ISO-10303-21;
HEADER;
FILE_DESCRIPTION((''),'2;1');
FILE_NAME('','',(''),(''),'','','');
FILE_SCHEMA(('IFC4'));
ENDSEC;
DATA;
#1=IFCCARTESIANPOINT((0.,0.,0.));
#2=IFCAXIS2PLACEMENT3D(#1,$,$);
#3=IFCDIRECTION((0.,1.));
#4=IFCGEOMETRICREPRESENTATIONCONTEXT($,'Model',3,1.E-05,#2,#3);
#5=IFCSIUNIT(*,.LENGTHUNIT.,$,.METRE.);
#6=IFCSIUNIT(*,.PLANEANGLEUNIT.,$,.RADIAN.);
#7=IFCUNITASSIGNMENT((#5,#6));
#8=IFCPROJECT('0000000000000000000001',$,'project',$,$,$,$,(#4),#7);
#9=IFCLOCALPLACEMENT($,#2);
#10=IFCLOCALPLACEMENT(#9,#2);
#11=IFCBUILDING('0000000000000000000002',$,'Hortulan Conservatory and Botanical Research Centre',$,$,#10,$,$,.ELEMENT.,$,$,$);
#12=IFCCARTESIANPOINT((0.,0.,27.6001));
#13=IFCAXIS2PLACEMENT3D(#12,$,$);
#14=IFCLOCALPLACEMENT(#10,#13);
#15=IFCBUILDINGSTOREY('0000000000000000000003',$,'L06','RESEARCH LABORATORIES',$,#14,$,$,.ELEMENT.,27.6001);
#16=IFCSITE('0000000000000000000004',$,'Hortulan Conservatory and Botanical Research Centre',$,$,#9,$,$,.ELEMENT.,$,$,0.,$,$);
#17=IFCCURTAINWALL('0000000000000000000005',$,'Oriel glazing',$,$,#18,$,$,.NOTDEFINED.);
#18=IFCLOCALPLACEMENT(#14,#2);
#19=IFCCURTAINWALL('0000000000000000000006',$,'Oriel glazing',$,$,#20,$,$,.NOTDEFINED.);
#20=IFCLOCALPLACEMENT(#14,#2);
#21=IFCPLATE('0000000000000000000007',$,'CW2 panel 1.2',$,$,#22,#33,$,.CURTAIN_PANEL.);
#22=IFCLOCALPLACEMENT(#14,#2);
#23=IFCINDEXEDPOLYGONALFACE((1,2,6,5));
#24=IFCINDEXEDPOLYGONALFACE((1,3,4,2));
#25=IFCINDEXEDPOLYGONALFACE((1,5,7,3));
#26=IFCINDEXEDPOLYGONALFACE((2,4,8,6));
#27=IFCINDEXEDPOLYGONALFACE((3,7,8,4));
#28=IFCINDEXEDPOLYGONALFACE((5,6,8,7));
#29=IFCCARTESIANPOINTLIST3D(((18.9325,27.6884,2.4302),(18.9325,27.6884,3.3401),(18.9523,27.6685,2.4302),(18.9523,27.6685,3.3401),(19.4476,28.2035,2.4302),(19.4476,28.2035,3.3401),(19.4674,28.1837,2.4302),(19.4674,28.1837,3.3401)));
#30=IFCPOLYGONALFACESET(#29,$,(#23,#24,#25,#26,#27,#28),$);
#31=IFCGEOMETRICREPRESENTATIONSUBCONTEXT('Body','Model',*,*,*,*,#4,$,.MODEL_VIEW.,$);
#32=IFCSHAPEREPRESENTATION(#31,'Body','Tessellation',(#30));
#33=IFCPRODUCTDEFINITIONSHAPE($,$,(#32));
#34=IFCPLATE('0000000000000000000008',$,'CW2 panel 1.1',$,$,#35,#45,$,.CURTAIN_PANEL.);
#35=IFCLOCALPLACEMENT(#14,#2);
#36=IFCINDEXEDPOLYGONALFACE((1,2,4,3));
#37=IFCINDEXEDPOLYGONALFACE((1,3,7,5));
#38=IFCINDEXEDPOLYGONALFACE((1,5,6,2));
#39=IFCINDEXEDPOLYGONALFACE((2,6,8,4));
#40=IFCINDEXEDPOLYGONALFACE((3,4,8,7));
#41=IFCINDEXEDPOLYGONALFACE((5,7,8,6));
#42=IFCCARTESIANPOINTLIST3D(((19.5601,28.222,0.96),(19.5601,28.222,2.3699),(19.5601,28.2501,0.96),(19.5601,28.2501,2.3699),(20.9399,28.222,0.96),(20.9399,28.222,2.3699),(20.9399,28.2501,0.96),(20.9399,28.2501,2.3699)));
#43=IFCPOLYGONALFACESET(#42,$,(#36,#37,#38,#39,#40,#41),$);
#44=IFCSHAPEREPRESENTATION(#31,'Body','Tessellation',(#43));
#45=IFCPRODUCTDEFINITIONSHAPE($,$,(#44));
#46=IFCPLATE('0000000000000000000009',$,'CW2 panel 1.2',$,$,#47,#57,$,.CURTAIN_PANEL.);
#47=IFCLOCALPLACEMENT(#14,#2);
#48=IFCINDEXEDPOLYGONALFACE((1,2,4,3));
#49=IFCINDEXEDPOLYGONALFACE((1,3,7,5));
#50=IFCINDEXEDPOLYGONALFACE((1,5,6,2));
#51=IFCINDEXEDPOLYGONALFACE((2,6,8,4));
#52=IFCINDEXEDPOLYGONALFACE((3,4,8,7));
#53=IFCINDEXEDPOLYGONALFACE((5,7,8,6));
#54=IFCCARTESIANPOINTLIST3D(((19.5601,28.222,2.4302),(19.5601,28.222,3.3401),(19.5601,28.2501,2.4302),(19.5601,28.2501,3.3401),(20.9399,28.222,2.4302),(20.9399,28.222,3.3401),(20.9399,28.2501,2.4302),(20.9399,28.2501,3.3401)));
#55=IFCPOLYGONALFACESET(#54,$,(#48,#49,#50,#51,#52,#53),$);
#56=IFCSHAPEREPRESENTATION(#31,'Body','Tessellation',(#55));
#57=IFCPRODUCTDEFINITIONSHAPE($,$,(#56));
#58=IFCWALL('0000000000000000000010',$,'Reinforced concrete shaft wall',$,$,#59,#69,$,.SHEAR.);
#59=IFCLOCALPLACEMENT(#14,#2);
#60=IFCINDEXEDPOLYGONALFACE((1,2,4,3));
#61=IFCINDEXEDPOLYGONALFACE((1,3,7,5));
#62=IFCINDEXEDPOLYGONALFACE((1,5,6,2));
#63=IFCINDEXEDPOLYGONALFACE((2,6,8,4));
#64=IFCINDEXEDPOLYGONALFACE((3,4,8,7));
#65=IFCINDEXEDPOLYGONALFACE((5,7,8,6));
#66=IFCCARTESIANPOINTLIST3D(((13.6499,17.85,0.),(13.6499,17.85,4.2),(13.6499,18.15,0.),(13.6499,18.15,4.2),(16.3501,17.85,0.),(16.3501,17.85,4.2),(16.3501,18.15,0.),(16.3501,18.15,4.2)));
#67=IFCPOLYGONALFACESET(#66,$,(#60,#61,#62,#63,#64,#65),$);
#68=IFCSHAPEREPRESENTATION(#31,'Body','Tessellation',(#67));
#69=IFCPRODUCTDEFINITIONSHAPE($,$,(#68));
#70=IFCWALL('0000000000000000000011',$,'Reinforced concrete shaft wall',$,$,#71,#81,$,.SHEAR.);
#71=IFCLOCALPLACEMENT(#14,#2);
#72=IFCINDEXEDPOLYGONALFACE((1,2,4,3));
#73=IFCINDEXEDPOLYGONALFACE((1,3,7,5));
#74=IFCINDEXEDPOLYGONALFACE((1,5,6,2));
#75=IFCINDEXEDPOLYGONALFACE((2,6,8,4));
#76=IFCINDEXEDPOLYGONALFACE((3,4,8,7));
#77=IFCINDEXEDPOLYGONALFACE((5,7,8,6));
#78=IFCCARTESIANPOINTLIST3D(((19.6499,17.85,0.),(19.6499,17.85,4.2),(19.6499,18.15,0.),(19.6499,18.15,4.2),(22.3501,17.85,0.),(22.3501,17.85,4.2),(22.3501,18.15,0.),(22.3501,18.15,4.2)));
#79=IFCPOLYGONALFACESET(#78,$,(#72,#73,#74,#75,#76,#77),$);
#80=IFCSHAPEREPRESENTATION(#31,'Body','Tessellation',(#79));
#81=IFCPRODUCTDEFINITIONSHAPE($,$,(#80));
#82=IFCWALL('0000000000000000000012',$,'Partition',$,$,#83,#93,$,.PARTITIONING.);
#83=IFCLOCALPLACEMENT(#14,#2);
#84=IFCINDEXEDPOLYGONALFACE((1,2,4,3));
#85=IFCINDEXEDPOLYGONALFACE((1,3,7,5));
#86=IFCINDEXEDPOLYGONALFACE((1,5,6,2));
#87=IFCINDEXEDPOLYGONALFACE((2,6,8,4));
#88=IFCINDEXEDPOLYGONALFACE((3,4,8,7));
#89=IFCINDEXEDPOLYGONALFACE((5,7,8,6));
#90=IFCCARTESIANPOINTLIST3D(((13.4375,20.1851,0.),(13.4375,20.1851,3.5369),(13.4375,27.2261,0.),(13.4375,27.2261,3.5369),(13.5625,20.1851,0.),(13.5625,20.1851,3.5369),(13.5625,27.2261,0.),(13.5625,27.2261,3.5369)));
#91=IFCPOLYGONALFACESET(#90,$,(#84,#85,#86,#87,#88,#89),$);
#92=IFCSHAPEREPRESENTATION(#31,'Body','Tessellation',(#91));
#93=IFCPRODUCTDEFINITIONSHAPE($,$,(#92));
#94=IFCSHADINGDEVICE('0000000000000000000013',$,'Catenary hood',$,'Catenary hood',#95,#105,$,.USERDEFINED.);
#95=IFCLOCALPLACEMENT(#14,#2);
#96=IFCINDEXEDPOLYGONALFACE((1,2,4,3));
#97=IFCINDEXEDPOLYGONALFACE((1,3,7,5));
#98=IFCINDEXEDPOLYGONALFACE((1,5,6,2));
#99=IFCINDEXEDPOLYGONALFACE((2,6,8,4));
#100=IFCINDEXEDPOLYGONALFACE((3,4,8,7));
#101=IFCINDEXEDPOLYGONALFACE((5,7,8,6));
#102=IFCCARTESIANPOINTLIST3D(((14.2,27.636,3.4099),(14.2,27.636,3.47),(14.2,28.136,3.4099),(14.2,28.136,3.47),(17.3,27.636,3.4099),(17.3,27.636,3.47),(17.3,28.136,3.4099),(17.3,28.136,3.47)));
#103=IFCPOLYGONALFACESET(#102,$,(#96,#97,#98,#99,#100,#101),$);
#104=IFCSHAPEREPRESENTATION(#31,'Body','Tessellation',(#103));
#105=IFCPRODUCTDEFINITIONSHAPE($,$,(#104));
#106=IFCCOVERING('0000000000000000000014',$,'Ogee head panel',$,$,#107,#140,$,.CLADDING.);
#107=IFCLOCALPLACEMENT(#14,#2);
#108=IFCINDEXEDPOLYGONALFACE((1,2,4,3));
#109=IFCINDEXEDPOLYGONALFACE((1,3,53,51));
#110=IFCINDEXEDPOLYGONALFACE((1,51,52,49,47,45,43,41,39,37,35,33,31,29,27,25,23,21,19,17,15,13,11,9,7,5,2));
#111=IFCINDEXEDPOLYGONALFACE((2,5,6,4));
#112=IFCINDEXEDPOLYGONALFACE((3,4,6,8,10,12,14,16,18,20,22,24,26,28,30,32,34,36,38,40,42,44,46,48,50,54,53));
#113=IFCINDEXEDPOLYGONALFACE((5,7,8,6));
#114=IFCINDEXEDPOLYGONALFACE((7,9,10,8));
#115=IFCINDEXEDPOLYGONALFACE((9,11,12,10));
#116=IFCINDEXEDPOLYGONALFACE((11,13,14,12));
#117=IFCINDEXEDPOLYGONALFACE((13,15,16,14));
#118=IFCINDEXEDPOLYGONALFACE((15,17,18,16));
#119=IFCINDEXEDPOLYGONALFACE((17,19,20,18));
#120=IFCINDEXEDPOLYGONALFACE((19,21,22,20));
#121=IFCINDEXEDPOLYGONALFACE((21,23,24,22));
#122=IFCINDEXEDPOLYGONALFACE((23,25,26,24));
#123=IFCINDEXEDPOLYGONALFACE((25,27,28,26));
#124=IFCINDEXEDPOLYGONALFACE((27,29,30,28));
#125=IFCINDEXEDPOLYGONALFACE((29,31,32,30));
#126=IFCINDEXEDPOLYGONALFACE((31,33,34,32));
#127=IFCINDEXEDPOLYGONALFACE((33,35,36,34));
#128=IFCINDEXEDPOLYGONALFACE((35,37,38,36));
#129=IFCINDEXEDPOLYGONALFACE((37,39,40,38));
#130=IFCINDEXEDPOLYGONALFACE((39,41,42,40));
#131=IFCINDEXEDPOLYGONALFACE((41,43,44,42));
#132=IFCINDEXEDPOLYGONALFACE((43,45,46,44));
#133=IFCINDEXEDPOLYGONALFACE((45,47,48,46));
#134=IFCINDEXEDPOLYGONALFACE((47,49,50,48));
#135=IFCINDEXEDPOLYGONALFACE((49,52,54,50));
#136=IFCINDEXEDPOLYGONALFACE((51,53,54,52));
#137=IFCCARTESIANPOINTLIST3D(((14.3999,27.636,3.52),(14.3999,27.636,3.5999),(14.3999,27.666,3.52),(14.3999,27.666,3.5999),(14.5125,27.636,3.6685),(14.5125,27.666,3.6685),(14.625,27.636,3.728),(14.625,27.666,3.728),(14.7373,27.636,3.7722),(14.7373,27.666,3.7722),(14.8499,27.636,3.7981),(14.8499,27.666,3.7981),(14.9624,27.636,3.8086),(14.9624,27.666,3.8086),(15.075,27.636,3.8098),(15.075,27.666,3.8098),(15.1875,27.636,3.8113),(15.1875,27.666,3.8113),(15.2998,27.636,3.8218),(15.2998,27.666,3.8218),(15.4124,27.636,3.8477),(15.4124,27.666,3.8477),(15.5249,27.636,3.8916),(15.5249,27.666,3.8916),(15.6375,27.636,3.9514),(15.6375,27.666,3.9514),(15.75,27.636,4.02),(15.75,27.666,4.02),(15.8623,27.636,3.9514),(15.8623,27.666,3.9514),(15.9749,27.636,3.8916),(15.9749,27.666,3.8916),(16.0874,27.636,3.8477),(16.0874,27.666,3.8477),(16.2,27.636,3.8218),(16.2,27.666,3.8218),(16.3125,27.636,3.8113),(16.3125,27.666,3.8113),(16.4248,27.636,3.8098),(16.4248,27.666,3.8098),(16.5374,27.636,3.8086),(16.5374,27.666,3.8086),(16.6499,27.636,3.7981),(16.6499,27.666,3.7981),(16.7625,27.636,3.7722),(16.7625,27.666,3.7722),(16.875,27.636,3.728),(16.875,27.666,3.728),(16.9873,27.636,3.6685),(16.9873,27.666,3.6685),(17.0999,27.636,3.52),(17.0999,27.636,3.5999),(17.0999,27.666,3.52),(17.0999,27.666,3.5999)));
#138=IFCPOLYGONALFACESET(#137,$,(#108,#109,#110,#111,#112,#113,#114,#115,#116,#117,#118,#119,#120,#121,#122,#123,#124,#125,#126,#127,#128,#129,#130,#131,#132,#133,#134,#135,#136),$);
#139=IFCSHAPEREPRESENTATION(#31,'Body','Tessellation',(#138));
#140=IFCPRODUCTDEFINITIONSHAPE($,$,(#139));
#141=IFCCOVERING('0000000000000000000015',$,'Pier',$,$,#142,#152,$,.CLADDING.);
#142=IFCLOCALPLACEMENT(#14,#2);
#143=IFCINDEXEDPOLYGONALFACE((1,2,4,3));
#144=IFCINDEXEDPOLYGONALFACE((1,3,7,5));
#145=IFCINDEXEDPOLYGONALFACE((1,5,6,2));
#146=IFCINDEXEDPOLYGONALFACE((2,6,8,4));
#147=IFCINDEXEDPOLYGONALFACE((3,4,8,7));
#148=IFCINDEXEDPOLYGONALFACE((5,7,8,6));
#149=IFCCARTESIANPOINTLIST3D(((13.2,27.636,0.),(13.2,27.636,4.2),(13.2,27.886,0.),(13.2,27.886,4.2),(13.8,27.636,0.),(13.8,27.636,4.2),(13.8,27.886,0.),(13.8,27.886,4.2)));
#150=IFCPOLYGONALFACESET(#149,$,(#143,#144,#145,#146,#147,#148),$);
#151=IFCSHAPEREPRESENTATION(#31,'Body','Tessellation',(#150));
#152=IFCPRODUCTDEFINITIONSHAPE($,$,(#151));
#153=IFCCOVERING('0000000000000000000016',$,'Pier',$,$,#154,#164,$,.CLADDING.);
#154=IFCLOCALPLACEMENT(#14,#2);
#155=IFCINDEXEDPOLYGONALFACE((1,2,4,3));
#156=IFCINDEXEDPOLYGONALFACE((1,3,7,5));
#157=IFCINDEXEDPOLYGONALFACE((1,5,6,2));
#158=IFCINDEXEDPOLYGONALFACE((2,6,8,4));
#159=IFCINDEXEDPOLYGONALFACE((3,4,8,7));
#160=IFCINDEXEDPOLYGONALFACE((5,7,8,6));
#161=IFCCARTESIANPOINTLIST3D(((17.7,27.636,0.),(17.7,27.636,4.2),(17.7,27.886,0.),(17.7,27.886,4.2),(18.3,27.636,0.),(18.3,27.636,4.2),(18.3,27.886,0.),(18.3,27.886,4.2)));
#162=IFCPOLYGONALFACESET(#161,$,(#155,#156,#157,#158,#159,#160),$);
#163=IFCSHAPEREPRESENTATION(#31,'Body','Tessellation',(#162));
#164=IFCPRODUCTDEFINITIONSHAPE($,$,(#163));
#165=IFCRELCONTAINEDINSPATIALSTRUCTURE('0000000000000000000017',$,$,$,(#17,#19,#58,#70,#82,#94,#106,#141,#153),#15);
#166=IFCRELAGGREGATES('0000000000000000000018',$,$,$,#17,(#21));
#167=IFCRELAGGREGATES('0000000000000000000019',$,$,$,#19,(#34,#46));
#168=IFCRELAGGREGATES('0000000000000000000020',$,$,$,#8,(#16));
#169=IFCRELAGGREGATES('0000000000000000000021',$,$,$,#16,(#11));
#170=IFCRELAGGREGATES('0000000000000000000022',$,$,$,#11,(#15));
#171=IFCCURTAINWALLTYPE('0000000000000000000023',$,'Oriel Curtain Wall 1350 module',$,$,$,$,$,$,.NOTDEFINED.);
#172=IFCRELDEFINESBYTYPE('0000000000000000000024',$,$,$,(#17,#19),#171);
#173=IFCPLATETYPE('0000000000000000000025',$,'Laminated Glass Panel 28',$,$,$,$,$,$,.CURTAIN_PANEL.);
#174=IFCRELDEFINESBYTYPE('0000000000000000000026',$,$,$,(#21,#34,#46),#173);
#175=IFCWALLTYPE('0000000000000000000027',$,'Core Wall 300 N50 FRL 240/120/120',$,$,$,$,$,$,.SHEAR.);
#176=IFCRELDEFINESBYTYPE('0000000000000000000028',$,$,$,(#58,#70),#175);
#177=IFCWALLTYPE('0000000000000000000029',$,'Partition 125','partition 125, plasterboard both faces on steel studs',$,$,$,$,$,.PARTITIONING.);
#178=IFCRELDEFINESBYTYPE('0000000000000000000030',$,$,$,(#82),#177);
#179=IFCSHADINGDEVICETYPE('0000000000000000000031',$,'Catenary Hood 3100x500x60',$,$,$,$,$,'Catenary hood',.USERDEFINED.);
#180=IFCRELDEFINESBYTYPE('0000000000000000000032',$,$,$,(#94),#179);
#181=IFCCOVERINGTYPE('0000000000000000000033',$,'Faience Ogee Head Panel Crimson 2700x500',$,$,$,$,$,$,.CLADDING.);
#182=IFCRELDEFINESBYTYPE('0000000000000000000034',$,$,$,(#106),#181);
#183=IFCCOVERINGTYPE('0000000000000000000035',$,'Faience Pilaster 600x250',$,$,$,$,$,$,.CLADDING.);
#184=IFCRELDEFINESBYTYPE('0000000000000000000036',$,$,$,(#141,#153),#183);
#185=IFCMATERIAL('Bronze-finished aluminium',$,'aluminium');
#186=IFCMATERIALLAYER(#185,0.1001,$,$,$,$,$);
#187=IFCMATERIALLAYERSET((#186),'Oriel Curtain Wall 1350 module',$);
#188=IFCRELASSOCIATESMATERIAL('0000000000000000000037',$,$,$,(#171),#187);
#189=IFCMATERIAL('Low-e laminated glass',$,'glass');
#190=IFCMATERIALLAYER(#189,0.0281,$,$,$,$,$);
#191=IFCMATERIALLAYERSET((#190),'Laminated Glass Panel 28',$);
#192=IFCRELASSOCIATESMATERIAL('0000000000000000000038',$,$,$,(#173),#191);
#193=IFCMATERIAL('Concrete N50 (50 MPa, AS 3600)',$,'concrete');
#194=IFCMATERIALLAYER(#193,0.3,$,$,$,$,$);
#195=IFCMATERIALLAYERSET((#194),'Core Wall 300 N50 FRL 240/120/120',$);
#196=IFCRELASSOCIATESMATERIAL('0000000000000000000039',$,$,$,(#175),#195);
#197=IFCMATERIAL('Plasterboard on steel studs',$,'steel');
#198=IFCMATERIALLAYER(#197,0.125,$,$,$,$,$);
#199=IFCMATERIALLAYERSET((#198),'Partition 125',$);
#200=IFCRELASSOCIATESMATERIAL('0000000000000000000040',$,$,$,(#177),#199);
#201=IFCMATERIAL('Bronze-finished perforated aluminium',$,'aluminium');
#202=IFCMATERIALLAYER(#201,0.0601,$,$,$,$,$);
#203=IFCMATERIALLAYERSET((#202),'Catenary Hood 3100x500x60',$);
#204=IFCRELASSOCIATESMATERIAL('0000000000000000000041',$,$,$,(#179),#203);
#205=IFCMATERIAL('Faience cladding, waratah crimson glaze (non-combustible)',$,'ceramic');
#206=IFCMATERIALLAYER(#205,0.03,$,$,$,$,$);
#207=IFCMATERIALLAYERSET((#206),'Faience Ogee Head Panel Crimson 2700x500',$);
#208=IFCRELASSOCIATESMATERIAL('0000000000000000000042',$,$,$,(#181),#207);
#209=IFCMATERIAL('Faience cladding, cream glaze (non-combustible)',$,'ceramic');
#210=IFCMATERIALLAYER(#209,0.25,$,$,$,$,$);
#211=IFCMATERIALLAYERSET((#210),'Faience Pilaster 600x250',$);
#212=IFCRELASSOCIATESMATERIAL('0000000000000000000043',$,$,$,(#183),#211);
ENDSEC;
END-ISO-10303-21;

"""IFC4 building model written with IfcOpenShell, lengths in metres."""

from ifc_helpers import new_model, si_unit, direction, frame, frame_2d, origin, origin_2d, place, context, subcontext, project, spatial, polyline, rectangle, outline, extrude, material, layer, layer_set, type_object, element, aggregate, save


model = new_model("IFC4")

# Units and contexts
model_context = context("Model", 3, precision=1e-05, world=origin(), true_north=direction((0.0, 1.0)))
body_context = subcontext(model_context, "Body", "Model", "MODEL_VIEW")
ifc_project = project(units=[si_unit("LENGTHUNIT", "METRE"), si_unit("PLANEANGLEUNIT", "RADIAN")], contexts=[model_context])

# Site, building, storey
site_placement = place(None, origin())
site = spatial("IfcSite", under=ifc_project, at=site_placement, Name="Hortulan Conservatory and Botanical Research Centre", CompositionType="ELEMENT", RefElevation=0.0)
building_placement = place(site_placement, origin())
building = spatial("IfcBuilding", under=site, at=building_placement, Name="Hortulan Conservatory and Botanical Research Centre", CompositionType="ELEMENT")
storey_placement = place(building_placement, frame((0.0, 0.0, 27.6001)))
storey = spatial("IfcBuildingStorey", under=building, at=storey_placement, Name="L06", Description="RESEARCH LABORATORIES", CompositionType="ELEMENT", Elevation=27.6001)

# Shared definitions
ifc_material_1 = material(Name="Bronze-finished aluminium", Category="aluminium")
ifc_layer_1 = layer(ifc_material_1, 0.1001)
ifc_layer_set_1 = layer_set([ifc_layer_1], Name="Oriel Curtain Wall 1350 module")
curtain_wall_type = type_object("IfcCurtainWallType", Name="Oriel Curtain Wall 1350 module", PredefinedType="NOTDEFINED", material=ifc_layer_set_1)

# Curtain walls
curtain_wall_1_placement = place(storey_placement, origin())
curtain_wall_1 = element("IfcCurtainWall", 1, at=curtain_wall_1_placement, inside=storey, type_object=curtain_wall_type, Name="Oriel glazing", PredefinedType="NOTDEFINED")
curtain_wall_2_placement = place(storey_placement, origin())
curtain_wall_2 = element("IfcCurtainWall", 2, at=curtain_wall_2_placement, inside=storey, type_object=curtain_wall_type, Name="Oriel glazing", PredefinedType="NOTDEFINED")

# Plates
ifc_material_2 = material(Name="Low-e laminated glass", Category="glass")
ifc_layer_2 = layer(ifc_material_2, 0.0281)
ifc_layer_set_2 = layer_set([ifc_layer_2], Name="Laminated Glass Panel 28")
plate_type = type_object("IfcPlateType", Name="Laminated Glass Panel 28", PredefinedType="CURTAIN_PANEL", material=ifc_layer_set_2)
plate_1_placement = place(storey_placement, frame((19.2, 27.936, 2.4302), z_axis=(0.0, 0.0, 1.0), x_axis=(0.707107, 0.707107, 0.0)))
plate_1 = element("IfcPlate", 3, at=plate_1_placement, type_object=plate_type, Name="CW2 panel 1.2", PredefinedType="CURTAIN_PANEL", context=body_context, shape_type="SweptSolid", body=[
    extrude(rectangle(XDim=0.7285, YDim=0.0281, at=origin_2d()), origin(), (0.0, 0.0, 1.0), 0.9099),
])
aggregate(curtain_wall_1, [plate_1])
plate_2_placement = place(storey_placement, frame((20.25, 28.2361, 0.96), z_axis=(0.0, 0.0, 1.0), x_axis=(1.0, 0.0, 0.0)))
plate_2 = element("IfcPlate", 4, at=plate_2_placement, type_object=plate_type, Name="CW2 panel 1.1", PredefinedType="CURTAIN_PANEL", context=body_context, shape_type="SweptSolid", body=[
    extrude(rectangle(XDim=1.3799, YDim=0.0281, at=origin_2d()), origin(), (0.0, 0.0, 1.0), 1.4099),
])
plate_3_placement = place(storey_placement, frame((20.25, 28.2361, 2.4302), z_axis=(0.0, 0.0, 1.0), x_axis=(1.0, 0.0, 0.0)))
plate_3 = element("IfcPlate", 5, at=plate_3_placement, type_object=plate_type, Name="CW2 panel 1.2", PredefinedType="CURTAIN_PANEL", context=body_context, shape_type="SweptSolid", body=[
    extrude(rectangle(XDim=1.3799, YDim=0.0281, at=origin_2d()), origin(), (0.0, 0.0, 1.0), 0.9099),
])
aggregate(curtain_wall_2, [plate_2, plate_3])

# Walls
ifc_material_3 = material(Name="Concrete N50 (50 MPa, AS 3600)", Category="concrete")
ifc_layer_3 = layer(ifc_material_3, 0.3)
ifc_layer_set_3 = layer_set([ifc_layer_3], Name="Core Wall 300 N50 FRL 240/120/120")
wall_type_1 = type_object("IfcWallType", Name="Core Wall 300 N50 FRL 240/120/120", PredefinedType="SHEAR", material=ifc_layer_set_3)
for number, where, z_axis, x_axis, name in (
    (6, (13.6499, 18.0, 0.0), (0.0, 0.0, 1.0), (1.0, 0.0, 0.0), "Reinforced concrete shaft wall"),
    (7, (19.6499, 18.0, 0.0), (0.0, 0.0, 1.0), (1.0, 0.0, 0.0), "Reinforced concrete shaft wall"),
):
    element("IfcWall", number, at=place(storey_placement, frame(where, z_axis=z_axis, x_axis=x_axis)), inside=storey, type_object=wall_type_1, Name=name, PredefinedType="SHEAR", context=body_context, shape_type="SweptSolid", body=[
        extrude(rectangle(XDim=2.7002, YDim=0.3, at=frame_2d((1.3501, 0.0))), origin(), (0.0, 0.0, 1.0), 4.2),
    ])
ifc_material_4 = material(Name="Plasterboard on steel studs", Category="steel")
ifc_layer_4 = layer(ifc_material_4, 0.125)
ifc_layer_set_4 = layer_set([ifc_layer_4], Name="Partition 125")
wall_type_2 = type_object("IfcWallType", Name="Partition 125", Description="partition 125, plasterboard both faces on steel studs", PredefinedType="PARTITIONING", material=ifc_layer_set_4)
wall_placement = place(storey_placement, frame((13.5, 20.1851, 0.0), z_axis=(0.0, 0.0, 1.0), x_axis=(0.0, 1.0, 0.0)))
element("IfcWall", 8, at=wall_placement, inside=storey, type_object=wall_type_2, Name="Partition", PredefinedType="PARTITIONING", context=body_context, shape_type="SweptSolid", body=[
    extrude(rectangle(XDim=7.041, YDim=0.125, at=frame_2d((3.5205, 0.0))), origin(), (0.0, 0.0, 1.0), 3.5369),
])

# Shading device
ifc_material_5 = material(Name="Bronze-finished perforated aluminium", Category="aluminium")
ifc_layer_5 = layer(ifc_material_5, 0.0601)
ifc_layer_set_5 = layer_set([ifc_layer_5], Name="Catenary Hood 3100x500x60")
shading_device_type = type_object("IfcShadingDeviceType", Name="Catenary Hood 3100x500x60", ElementType="Catenary hood", PredefinedType="USERDEFINED", material=ifc_layer_set_5)
shading_device_placement = place(storey_placement, frame((15.75, 27.886, 3.4099), z_axis=(0.0, 0.0, 1.0), x_axis=(1.0, 0.0, 0.0)))
element("IfcShadingDevice", 9, at=shading_device_placement, inside=storey, type_object=shading_device_type, Name="Catenary hood", ObjectType="Catenary hood", PredefinedType="USERDEFINED", context=body_context, shape_type="SweptSolid", body=[
    extrude(rectangle(XDim=3.1001, YDim=0.5, at=origin_2d()), origin(), (0.0, 0.0, 1.0), 0.0601),
])

# Coverings
ifc_material_6 = material(Name="Faience cladding, waratah crimson glaze (non-combustible)", Category="ceramic")
ifc_layer_6 = layer(ifc_material_6, 0.03)
ifc_layer_set_6 = layer_set([ifc_layer_6], Name="Faience Ogee Head Panel Crimson 2700x500")
covering_type_1 = type_object("IfcCoveringType", Name="Faience Ogee Head Panel Crimson 2700x500", PredefinedType="CLADDING", material=ifc_layer_set_6)
covering_placement = place(storey_placement, frame((14.3999, 27.6509, 3.52), z_axis=(0.0, 0.0, 1.0), x_axis=(1.0, 0.0, 0.0)))
element("IfcCovering", 10, at=covering_placement, inside=storey, type_object=covering_type_1, Name="Ogee head panel", PredefinedType="CLADDING", context=body_context, shape_type="SweptSolid", body=[
    extrude(outline(polyline([(0.0, 0.0), (2.7, 0.0), (2.7, 0.0798), (2.5874, 0.1484), (2.4751, 0.208), (2.3625, 0.2522), (2.25, 0.2781), (2.1375, 0.2886), (2.0249, 0.2898), (1.9126, 0.2913), (1.8, 0.3018), (1.6875, 0.3276), (1.575, 0.3716), (1.4624, 0.4314), (1.3501, 0.5), (1.2375, 0.4314), (1.125, 0.3716), (1.0125, 0.3276), (0.8999, 0.3018), (0.7876, 0.2913), (0.675, 0.2898), (0.5625, 0.2886), (0.45, 0.2781), (0.3374, 0.2522), (0.2251, 0.208), (0.1125, 0.1484), (0.0, 0.0798), (0.0, 0.0)])), frame((0.0, 0.0151, 0.0), z_axis=(0.0, -1.0, 0.0), x_axis=(1.0, 0.0, 0.0)), (0.0, 0.0, 1.0), 0.03),
])
ifc_material_7 = material(Name="Faience cladding, cream glaze (non-combustible)", Category="ceramic")
ifc_layer_7 = layer(ifc_material_7, 0.25)
ifc_layer_set_7 = layer_set([ifc_layer_7], Name="Faience Pilaster 600x250")
covering_type_2 = type_object("IfcCoveringType", Name="Faience Pilaster 600x250", PredefinedType="CLADDING", material=ifc_layer_set_7)
for number, where, z_axis, x_axis, name in (
    (11, (13.5, 27.761, 0.0), (0.0, 0.0, 1.0), (1.0, 0.0, 0.0), "Pier"),
    (12, (18.0, 27.761, 0.0), (0.0, 0.0, 1.0), (1.0, 0.0, 0.0), "Pier"),
):
    element("IfcCovering", number, at=place(storey_placement, frame(where, z_axis=z_axis, x_axis=x_axis)), inside=storey, type_object=covering_type_2, Name=name, PredefinedType="CLADDING", context=body_context, shape_type="SweptSolid", body=[
        extrude(rectangle(XDim=0.6001, YDim=0.25, at=origin_2d()), origin(), (0.0, 0.0, 1.0), 4.2),
    ])

save(model, "model.ifc")
